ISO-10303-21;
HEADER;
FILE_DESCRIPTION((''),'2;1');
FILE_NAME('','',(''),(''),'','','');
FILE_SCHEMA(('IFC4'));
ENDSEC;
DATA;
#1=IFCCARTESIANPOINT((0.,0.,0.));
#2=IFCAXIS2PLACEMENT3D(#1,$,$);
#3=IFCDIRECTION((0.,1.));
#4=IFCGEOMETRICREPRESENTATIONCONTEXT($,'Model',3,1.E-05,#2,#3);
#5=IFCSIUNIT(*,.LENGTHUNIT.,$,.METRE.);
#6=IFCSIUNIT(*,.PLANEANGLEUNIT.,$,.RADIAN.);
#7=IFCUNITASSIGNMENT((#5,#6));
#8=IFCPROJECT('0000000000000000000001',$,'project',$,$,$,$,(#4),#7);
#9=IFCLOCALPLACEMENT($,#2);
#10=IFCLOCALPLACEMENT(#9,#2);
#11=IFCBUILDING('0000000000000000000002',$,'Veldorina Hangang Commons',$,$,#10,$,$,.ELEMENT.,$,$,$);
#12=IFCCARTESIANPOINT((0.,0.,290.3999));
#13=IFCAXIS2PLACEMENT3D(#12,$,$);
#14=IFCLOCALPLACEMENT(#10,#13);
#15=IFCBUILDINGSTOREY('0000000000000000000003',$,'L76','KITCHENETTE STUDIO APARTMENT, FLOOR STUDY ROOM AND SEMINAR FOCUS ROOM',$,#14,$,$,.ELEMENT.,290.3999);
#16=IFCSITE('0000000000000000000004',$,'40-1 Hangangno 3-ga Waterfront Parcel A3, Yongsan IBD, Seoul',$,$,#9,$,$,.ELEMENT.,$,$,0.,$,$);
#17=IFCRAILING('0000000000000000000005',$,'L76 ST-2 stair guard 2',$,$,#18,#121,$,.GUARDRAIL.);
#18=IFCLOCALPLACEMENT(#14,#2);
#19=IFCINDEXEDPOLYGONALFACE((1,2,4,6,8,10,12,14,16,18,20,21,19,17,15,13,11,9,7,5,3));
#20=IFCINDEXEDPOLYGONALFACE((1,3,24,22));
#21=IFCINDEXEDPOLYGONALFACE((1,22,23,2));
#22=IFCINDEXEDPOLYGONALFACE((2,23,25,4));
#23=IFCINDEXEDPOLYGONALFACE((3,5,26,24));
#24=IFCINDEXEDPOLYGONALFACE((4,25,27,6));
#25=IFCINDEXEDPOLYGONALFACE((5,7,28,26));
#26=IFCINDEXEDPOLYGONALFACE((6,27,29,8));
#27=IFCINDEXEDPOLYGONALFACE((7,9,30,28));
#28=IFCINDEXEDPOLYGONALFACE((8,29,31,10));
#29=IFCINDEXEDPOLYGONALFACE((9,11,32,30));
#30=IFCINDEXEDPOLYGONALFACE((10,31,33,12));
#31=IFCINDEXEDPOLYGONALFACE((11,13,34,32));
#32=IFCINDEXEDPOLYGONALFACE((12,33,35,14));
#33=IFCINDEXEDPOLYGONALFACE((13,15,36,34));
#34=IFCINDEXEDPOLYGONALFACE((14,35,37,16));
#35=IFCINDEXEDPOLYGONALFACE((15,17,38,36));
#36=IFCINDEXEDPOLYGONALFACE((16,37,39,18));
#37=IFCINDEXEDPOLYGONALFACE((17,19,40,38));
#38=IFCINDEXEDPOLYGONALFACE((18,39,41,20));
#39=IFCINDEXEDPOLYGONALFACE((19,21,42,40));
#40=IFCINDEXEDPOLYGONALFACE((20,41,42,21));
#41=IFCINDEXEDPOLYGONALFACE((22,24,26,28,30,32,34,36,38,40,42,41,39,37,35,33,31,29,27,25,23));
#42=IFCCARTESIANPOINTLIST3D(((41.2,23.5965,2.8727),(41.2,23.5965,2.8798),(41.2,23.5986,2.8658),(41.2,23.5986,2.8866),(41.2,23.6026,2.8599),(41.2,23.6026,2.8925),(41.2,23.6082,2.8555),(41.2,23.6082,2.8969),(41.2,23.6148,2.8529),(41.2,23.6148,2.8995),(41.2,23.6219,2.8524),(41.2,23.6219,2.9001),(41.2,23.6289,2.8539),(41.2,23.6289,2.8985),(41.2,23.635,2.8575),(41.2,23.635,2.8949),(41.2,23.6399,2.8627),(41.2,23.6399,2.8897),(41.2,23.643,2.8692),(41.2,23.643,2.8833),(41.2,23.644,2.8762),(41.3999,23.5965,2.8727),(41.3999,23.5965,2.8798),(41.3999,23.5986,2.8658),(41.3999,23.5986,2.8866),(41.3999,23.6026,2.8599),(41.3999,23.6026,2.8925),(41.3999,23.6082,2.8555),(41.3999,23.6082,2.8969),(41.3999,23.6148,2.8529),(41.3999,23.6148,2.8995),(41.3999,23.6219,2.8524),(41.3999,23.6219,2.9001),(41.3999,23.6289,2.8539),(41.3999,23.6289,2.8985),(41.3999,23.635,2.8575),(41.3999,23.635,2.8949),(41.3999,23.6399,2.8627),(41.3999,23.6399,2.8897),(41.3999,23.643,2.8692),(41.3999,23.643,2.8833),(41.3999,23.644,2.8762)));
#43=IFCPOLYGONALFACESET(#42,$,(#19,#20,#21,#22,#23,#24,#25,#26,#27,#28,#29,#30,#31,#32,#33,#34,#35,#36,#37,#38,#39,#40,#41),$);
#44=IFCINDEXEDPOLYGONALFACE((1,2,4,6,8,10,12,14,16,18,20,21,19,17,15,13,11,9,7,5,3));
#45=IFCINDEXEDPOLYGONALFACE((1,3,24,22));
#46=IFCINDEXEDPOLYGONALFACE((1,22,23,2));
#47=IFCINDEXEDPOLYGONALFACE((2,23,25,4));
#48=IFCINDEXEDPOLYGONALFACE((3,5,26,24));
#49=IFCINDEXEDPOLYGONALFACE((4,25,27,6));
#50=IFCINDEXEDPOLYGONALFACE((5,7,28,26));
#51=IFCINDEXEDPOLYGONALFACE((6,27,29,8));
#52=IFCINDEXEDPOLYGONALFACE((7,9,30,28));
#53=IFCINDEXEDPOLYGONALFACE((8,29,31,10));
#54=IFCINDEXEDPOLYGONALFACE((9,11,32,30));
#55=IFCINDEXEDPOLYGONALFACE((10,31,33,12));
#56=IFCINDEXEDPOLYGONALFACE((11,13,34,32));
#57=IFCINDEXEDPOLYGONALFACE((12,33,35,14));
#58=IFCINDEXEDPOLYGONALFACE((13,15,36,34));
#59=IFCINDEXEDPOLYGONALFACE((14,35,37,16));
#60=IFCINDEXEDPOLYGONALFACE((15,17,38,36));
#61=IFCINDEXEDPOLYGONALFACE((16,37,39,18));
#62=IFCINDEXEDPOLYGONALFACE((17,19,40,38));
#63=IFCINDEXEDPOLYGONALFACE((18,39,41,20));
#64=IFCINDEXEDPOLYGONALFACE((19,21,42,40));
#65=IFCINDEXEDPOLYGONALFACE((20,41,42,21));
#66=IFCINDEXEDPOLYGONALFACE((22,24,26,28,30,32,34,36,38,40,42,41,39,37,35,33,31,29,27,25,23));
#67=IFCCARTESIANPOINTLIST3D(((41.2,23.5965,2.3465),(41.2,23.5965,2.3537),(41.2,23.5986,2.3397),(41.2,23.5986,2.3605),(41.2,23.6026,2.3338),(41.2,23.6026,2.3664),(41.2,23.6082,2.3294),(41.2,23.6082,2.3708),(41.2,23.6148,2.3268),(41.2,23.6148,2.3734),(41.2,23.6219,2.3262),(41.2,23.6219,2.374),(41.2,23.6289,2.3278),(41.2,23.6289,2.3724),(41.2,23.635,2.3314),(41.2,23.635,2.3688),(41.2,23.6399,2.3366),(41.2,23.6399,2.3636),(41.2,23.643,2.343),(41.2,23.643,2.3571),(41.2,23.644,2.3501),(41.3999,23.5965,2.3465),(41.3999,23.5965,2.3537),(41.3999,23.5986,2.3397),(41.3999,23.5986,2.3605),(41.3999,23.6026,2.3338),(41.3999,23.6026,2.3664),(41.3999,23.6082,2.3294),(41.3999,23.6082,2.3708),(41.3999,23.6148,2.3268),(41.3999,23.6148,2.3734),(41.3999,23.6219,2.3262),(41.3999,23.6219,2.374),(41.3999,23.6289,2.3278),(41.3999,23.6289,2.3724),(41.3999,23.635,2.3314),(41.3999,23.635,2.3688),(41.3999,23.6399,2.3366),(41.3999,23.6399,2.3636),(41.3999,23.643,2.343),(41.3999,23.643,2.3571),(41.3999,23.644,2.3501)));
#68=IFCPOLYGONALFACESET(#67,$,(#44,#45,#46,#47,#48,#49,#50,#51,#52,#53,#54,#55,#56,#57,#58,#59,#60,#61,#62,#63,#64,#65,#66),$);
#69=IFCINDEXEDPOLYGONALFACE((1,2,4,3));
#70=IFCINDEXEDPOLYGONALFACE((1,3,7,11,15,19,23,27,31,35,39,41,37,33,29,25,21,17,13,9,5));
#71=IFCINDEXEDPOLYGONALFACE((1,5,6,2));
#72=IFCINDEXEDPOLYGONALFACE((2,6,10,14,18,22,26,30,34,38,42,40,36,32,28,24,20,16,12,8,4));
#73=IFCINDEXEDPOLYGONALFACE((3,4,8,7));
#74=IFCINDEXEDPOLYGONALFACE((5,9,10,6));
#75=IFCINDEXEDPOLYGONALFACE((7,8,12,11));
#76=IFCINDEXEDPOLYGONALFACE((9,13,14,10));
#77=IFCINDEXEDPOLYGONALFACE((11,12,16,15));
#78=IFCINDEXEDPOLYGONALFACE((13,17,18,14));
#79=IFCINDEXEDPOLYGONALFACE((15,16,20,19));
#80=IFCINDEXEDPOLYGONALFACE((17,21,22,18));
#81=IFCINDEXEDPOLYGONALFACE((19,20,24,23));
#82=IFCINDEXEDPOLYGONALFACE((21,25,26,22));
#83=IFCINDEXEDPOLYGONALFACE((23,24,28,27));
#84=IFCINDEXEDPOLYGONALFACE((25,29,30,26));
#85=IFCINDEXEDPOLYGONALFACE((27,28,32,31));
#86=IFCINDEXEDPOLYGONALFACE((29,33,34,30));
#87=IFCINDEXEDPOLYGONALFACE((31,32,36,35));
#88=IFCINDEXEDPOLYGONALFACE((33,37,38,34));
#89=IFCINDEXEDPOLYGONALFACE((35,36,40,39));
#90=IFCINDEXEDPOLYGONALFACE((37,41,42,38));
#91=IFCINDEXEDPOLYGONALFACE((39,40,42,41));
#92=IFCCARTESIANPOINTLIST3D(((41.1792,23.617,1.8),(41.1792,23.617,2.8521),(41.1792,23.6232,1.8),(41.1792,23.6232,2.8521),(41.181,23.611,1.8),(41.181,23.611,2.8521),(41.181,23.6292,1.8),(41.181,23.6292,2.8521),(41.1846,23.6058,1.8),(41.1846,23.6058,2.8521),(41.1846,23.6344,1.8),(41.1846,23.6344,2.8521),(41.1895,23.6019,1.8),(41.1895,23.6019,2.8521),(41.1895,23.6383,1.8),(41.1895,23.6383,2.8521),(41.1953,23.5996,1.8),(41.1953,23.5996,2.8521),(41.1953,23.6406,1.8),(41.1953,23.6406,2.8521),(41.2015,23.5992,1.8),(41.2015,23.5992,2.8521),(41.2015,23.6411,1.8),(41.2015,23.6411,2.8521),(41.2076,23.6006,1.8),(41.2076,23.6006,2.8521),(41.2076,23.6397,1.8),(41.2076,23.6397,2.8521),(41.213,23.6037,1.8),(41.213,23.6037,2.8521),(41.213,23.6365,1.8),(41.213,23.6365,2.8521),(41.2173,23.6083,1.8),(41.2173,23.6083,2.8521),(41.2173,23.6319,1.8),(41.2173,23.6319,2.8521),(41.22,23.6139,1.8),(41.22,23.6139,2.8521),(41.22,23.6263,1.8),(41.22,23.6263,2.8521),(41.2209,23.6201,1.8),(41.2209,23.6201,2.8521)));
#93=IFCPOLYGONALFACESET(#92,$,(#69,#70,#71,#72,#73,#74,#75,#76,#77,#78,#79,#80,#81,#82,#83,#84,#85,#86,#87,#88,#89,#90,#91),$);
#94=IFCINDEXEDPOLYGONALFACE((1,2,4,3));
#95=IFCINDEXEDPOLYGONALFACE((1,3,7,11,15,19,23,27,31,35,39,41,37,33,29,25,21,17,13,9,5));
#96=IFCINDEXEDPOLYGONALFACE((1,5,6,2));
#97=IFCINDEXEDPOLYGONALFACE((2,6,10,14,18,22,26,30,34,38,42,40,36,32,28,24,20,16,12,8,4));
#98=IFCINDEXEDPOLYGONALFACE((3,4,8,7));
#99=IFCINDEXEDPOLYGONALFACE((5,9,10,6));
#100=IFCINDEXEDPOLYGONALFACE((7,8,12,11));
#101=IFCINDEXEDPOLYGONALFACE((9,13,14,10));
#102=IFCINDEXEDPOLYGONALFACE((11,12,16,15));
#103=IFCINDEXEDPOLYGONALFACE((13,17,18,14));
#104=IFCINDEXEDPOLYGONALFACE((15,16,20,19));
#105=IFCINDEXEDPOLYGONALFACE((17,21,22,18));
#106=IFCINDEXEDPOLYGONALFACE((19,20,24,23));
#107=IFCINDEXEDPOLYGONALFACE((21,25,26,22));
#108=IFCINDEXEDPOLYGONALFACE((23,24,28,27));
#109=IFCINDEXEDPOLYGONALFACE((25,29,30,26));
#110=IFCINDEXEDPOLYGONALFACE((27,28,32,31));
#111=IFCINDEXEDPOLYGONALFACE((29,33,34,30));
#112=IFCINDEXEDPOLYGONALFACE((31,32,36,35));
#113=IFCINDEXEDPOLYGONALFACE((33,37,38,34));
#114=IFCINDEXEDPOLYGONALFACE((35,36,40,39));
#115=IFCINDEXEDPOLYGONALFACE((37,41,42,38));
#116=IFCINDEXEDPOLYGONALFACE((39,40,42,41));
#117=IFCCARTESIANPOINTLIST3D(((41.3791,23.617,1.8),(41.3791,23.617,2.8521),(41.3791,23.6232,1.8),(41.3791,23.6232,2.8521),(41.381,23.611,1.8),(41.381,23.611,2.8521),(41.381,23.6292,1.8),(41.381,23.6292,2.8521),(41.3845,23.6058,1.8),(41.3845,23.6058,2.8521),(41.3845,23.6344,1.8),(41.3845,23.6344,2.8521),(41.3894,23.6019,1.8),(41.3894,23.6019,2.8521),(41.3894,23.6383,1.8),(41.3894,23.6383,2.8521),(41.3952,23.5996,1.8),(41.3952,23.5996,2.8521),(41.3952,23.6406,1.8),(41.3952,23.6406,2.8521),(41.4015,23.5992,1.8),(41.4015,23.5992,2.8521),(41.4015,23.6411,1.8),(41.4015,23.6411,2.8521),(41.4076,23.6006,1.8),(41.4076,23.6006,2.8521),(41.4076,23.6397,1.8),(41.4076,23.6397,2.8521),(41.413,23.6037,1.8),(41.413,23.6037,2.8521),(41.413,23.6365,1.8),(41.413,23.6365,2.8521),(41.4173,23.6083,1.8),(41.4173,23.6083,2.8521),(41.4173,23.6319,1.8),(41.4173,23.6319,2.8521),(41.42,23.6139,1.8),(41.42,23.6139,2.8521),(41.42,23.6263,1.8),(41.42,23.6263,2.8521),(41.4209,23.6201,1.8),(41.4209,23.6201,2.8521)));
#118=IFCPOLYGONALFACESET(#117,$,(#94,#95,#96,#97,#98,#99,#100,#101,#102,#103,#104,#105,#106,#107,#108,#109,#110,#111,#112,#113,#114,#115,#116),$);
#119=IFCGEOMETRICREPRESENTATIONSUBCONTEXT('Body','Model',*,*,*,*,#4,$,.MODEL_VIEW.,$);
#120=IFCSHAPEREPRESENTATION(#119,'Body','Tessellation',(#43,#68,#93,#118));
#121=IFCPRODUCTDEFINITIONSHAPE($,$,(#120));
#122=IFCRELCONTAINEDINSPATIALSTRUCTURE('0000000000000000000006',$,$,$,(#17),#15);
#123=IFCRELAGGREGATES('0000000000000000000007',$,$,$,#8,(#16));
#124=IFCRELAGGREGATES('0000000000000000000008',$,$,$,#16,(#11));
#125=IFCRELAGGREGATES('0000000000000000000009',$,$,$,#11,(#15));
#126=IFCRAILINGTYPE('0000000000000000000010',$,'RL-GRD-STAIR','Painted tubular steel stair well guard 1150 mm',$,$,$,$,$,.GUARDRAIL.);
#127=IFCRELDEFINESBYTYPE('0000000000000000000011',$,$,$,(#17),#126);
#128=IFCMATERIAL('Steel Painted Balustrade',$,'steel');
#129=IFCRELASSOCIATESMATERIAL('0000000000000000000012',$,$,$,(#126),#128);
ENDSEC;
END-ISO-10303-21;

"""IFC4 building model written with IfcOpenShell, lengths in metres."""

from ifc_helpers import new_model, si_unit, direction, frame, origin, origin_2d, place, context, subcontext, project, spatial, circle, extrude, material, type_object, element, save


model = new_model("IFC4")

# Units and contexts
model_context = context("Model", 3, precision=1e-05, world=origin(), true_north=direction((0.0, 1.0)))
body_context = subcontext(model_context, "Body", "Model", "MODEL_VIEW")
ifc_project = project(units=[si_unit("LENGTHUNIT", "METRE"), si_unit("PLANEANGLEUNIT", "RADIAN")], contexts=[model_context])

# Site, building, storey
site_placement = place(None, origin())
site = spatial("IfcSite", under=ifc_project, at=site_placement, Name="40-1 Hangangno 3-ga Waterfront Parcel A3, Yongsan IBD, Seoul", CompositionType="ELEMENT", RefElevation=0.0)
building_placement = place(site_placement, origin())
building = spatial("IfcBuilding", under=site, at=building_placement, Name="Veldorina Hangang Commons", CompositionType="ELEMENT")
storey_placement = place(building_placement, frame((0.0, 0.0, 290.3999)))
storey = spatial("IfcBuildingStorey", under=building, at=storey_placement, Name="L76", Description="KITCHENETTE STUDIO APARTMENT, FLOOR STUDY ROOM AND SEMINAR FOCUS ROOM", CompositionType="ELEMENT", Elevation=290.3999)

# Railing
ifc_material_1 = material(Name="Steel Painted Balustrade", Category="steel")
railing_type_1 = type_object("IfcRailingType", Name="RL-GRD-STAIR", Description="Painted tubular steel stair well guard 1150 mm", PredefinedType="GUARDRAIL", material=ifc_material_1)
railing_1_placement = place(storey_placement, frame((41.2, 23.6201, 1.8)))
element("IfcRailing", 1, at=railing_1_placement, inside=storey, type_object=railing_type_1, Name="L76 ST-2 stair guard 2", PredefinedType="GUARDRAIL", context=body_context, shape_type="SweptSolid", body=[
    extrude(circle(Radius=0.0239, at=origin_2d()), frame((0.0, 0.0, 1.0762), z_axis=(1.0, 0.0, 0.0), x_axis=(0.0, 1.0, 0.0)), (0.0, 0.0, 1.0), 0.2),
    extrude(circle(Radius=0.0239, at=origin_2d()), frame((0.0, 0.0, 0.55), z_axis=(1.0, 0.0, 0.0), x_axis=(0.0, 1.0, 0.0)), (0.0, 0.0, 1.0), 0.2),
    extrude(circle(Radius=0.021, at=origin_2d()), origin(), (0.0, 0.0, 1.0), 1.052),
    extrude(circle(Radius=0.021, at=origin_2d()), frame((0.2, 0.0, 0.0)), (0.0, 0.0, 1.0), 1.052),
])

save(model, "model.ifc")
